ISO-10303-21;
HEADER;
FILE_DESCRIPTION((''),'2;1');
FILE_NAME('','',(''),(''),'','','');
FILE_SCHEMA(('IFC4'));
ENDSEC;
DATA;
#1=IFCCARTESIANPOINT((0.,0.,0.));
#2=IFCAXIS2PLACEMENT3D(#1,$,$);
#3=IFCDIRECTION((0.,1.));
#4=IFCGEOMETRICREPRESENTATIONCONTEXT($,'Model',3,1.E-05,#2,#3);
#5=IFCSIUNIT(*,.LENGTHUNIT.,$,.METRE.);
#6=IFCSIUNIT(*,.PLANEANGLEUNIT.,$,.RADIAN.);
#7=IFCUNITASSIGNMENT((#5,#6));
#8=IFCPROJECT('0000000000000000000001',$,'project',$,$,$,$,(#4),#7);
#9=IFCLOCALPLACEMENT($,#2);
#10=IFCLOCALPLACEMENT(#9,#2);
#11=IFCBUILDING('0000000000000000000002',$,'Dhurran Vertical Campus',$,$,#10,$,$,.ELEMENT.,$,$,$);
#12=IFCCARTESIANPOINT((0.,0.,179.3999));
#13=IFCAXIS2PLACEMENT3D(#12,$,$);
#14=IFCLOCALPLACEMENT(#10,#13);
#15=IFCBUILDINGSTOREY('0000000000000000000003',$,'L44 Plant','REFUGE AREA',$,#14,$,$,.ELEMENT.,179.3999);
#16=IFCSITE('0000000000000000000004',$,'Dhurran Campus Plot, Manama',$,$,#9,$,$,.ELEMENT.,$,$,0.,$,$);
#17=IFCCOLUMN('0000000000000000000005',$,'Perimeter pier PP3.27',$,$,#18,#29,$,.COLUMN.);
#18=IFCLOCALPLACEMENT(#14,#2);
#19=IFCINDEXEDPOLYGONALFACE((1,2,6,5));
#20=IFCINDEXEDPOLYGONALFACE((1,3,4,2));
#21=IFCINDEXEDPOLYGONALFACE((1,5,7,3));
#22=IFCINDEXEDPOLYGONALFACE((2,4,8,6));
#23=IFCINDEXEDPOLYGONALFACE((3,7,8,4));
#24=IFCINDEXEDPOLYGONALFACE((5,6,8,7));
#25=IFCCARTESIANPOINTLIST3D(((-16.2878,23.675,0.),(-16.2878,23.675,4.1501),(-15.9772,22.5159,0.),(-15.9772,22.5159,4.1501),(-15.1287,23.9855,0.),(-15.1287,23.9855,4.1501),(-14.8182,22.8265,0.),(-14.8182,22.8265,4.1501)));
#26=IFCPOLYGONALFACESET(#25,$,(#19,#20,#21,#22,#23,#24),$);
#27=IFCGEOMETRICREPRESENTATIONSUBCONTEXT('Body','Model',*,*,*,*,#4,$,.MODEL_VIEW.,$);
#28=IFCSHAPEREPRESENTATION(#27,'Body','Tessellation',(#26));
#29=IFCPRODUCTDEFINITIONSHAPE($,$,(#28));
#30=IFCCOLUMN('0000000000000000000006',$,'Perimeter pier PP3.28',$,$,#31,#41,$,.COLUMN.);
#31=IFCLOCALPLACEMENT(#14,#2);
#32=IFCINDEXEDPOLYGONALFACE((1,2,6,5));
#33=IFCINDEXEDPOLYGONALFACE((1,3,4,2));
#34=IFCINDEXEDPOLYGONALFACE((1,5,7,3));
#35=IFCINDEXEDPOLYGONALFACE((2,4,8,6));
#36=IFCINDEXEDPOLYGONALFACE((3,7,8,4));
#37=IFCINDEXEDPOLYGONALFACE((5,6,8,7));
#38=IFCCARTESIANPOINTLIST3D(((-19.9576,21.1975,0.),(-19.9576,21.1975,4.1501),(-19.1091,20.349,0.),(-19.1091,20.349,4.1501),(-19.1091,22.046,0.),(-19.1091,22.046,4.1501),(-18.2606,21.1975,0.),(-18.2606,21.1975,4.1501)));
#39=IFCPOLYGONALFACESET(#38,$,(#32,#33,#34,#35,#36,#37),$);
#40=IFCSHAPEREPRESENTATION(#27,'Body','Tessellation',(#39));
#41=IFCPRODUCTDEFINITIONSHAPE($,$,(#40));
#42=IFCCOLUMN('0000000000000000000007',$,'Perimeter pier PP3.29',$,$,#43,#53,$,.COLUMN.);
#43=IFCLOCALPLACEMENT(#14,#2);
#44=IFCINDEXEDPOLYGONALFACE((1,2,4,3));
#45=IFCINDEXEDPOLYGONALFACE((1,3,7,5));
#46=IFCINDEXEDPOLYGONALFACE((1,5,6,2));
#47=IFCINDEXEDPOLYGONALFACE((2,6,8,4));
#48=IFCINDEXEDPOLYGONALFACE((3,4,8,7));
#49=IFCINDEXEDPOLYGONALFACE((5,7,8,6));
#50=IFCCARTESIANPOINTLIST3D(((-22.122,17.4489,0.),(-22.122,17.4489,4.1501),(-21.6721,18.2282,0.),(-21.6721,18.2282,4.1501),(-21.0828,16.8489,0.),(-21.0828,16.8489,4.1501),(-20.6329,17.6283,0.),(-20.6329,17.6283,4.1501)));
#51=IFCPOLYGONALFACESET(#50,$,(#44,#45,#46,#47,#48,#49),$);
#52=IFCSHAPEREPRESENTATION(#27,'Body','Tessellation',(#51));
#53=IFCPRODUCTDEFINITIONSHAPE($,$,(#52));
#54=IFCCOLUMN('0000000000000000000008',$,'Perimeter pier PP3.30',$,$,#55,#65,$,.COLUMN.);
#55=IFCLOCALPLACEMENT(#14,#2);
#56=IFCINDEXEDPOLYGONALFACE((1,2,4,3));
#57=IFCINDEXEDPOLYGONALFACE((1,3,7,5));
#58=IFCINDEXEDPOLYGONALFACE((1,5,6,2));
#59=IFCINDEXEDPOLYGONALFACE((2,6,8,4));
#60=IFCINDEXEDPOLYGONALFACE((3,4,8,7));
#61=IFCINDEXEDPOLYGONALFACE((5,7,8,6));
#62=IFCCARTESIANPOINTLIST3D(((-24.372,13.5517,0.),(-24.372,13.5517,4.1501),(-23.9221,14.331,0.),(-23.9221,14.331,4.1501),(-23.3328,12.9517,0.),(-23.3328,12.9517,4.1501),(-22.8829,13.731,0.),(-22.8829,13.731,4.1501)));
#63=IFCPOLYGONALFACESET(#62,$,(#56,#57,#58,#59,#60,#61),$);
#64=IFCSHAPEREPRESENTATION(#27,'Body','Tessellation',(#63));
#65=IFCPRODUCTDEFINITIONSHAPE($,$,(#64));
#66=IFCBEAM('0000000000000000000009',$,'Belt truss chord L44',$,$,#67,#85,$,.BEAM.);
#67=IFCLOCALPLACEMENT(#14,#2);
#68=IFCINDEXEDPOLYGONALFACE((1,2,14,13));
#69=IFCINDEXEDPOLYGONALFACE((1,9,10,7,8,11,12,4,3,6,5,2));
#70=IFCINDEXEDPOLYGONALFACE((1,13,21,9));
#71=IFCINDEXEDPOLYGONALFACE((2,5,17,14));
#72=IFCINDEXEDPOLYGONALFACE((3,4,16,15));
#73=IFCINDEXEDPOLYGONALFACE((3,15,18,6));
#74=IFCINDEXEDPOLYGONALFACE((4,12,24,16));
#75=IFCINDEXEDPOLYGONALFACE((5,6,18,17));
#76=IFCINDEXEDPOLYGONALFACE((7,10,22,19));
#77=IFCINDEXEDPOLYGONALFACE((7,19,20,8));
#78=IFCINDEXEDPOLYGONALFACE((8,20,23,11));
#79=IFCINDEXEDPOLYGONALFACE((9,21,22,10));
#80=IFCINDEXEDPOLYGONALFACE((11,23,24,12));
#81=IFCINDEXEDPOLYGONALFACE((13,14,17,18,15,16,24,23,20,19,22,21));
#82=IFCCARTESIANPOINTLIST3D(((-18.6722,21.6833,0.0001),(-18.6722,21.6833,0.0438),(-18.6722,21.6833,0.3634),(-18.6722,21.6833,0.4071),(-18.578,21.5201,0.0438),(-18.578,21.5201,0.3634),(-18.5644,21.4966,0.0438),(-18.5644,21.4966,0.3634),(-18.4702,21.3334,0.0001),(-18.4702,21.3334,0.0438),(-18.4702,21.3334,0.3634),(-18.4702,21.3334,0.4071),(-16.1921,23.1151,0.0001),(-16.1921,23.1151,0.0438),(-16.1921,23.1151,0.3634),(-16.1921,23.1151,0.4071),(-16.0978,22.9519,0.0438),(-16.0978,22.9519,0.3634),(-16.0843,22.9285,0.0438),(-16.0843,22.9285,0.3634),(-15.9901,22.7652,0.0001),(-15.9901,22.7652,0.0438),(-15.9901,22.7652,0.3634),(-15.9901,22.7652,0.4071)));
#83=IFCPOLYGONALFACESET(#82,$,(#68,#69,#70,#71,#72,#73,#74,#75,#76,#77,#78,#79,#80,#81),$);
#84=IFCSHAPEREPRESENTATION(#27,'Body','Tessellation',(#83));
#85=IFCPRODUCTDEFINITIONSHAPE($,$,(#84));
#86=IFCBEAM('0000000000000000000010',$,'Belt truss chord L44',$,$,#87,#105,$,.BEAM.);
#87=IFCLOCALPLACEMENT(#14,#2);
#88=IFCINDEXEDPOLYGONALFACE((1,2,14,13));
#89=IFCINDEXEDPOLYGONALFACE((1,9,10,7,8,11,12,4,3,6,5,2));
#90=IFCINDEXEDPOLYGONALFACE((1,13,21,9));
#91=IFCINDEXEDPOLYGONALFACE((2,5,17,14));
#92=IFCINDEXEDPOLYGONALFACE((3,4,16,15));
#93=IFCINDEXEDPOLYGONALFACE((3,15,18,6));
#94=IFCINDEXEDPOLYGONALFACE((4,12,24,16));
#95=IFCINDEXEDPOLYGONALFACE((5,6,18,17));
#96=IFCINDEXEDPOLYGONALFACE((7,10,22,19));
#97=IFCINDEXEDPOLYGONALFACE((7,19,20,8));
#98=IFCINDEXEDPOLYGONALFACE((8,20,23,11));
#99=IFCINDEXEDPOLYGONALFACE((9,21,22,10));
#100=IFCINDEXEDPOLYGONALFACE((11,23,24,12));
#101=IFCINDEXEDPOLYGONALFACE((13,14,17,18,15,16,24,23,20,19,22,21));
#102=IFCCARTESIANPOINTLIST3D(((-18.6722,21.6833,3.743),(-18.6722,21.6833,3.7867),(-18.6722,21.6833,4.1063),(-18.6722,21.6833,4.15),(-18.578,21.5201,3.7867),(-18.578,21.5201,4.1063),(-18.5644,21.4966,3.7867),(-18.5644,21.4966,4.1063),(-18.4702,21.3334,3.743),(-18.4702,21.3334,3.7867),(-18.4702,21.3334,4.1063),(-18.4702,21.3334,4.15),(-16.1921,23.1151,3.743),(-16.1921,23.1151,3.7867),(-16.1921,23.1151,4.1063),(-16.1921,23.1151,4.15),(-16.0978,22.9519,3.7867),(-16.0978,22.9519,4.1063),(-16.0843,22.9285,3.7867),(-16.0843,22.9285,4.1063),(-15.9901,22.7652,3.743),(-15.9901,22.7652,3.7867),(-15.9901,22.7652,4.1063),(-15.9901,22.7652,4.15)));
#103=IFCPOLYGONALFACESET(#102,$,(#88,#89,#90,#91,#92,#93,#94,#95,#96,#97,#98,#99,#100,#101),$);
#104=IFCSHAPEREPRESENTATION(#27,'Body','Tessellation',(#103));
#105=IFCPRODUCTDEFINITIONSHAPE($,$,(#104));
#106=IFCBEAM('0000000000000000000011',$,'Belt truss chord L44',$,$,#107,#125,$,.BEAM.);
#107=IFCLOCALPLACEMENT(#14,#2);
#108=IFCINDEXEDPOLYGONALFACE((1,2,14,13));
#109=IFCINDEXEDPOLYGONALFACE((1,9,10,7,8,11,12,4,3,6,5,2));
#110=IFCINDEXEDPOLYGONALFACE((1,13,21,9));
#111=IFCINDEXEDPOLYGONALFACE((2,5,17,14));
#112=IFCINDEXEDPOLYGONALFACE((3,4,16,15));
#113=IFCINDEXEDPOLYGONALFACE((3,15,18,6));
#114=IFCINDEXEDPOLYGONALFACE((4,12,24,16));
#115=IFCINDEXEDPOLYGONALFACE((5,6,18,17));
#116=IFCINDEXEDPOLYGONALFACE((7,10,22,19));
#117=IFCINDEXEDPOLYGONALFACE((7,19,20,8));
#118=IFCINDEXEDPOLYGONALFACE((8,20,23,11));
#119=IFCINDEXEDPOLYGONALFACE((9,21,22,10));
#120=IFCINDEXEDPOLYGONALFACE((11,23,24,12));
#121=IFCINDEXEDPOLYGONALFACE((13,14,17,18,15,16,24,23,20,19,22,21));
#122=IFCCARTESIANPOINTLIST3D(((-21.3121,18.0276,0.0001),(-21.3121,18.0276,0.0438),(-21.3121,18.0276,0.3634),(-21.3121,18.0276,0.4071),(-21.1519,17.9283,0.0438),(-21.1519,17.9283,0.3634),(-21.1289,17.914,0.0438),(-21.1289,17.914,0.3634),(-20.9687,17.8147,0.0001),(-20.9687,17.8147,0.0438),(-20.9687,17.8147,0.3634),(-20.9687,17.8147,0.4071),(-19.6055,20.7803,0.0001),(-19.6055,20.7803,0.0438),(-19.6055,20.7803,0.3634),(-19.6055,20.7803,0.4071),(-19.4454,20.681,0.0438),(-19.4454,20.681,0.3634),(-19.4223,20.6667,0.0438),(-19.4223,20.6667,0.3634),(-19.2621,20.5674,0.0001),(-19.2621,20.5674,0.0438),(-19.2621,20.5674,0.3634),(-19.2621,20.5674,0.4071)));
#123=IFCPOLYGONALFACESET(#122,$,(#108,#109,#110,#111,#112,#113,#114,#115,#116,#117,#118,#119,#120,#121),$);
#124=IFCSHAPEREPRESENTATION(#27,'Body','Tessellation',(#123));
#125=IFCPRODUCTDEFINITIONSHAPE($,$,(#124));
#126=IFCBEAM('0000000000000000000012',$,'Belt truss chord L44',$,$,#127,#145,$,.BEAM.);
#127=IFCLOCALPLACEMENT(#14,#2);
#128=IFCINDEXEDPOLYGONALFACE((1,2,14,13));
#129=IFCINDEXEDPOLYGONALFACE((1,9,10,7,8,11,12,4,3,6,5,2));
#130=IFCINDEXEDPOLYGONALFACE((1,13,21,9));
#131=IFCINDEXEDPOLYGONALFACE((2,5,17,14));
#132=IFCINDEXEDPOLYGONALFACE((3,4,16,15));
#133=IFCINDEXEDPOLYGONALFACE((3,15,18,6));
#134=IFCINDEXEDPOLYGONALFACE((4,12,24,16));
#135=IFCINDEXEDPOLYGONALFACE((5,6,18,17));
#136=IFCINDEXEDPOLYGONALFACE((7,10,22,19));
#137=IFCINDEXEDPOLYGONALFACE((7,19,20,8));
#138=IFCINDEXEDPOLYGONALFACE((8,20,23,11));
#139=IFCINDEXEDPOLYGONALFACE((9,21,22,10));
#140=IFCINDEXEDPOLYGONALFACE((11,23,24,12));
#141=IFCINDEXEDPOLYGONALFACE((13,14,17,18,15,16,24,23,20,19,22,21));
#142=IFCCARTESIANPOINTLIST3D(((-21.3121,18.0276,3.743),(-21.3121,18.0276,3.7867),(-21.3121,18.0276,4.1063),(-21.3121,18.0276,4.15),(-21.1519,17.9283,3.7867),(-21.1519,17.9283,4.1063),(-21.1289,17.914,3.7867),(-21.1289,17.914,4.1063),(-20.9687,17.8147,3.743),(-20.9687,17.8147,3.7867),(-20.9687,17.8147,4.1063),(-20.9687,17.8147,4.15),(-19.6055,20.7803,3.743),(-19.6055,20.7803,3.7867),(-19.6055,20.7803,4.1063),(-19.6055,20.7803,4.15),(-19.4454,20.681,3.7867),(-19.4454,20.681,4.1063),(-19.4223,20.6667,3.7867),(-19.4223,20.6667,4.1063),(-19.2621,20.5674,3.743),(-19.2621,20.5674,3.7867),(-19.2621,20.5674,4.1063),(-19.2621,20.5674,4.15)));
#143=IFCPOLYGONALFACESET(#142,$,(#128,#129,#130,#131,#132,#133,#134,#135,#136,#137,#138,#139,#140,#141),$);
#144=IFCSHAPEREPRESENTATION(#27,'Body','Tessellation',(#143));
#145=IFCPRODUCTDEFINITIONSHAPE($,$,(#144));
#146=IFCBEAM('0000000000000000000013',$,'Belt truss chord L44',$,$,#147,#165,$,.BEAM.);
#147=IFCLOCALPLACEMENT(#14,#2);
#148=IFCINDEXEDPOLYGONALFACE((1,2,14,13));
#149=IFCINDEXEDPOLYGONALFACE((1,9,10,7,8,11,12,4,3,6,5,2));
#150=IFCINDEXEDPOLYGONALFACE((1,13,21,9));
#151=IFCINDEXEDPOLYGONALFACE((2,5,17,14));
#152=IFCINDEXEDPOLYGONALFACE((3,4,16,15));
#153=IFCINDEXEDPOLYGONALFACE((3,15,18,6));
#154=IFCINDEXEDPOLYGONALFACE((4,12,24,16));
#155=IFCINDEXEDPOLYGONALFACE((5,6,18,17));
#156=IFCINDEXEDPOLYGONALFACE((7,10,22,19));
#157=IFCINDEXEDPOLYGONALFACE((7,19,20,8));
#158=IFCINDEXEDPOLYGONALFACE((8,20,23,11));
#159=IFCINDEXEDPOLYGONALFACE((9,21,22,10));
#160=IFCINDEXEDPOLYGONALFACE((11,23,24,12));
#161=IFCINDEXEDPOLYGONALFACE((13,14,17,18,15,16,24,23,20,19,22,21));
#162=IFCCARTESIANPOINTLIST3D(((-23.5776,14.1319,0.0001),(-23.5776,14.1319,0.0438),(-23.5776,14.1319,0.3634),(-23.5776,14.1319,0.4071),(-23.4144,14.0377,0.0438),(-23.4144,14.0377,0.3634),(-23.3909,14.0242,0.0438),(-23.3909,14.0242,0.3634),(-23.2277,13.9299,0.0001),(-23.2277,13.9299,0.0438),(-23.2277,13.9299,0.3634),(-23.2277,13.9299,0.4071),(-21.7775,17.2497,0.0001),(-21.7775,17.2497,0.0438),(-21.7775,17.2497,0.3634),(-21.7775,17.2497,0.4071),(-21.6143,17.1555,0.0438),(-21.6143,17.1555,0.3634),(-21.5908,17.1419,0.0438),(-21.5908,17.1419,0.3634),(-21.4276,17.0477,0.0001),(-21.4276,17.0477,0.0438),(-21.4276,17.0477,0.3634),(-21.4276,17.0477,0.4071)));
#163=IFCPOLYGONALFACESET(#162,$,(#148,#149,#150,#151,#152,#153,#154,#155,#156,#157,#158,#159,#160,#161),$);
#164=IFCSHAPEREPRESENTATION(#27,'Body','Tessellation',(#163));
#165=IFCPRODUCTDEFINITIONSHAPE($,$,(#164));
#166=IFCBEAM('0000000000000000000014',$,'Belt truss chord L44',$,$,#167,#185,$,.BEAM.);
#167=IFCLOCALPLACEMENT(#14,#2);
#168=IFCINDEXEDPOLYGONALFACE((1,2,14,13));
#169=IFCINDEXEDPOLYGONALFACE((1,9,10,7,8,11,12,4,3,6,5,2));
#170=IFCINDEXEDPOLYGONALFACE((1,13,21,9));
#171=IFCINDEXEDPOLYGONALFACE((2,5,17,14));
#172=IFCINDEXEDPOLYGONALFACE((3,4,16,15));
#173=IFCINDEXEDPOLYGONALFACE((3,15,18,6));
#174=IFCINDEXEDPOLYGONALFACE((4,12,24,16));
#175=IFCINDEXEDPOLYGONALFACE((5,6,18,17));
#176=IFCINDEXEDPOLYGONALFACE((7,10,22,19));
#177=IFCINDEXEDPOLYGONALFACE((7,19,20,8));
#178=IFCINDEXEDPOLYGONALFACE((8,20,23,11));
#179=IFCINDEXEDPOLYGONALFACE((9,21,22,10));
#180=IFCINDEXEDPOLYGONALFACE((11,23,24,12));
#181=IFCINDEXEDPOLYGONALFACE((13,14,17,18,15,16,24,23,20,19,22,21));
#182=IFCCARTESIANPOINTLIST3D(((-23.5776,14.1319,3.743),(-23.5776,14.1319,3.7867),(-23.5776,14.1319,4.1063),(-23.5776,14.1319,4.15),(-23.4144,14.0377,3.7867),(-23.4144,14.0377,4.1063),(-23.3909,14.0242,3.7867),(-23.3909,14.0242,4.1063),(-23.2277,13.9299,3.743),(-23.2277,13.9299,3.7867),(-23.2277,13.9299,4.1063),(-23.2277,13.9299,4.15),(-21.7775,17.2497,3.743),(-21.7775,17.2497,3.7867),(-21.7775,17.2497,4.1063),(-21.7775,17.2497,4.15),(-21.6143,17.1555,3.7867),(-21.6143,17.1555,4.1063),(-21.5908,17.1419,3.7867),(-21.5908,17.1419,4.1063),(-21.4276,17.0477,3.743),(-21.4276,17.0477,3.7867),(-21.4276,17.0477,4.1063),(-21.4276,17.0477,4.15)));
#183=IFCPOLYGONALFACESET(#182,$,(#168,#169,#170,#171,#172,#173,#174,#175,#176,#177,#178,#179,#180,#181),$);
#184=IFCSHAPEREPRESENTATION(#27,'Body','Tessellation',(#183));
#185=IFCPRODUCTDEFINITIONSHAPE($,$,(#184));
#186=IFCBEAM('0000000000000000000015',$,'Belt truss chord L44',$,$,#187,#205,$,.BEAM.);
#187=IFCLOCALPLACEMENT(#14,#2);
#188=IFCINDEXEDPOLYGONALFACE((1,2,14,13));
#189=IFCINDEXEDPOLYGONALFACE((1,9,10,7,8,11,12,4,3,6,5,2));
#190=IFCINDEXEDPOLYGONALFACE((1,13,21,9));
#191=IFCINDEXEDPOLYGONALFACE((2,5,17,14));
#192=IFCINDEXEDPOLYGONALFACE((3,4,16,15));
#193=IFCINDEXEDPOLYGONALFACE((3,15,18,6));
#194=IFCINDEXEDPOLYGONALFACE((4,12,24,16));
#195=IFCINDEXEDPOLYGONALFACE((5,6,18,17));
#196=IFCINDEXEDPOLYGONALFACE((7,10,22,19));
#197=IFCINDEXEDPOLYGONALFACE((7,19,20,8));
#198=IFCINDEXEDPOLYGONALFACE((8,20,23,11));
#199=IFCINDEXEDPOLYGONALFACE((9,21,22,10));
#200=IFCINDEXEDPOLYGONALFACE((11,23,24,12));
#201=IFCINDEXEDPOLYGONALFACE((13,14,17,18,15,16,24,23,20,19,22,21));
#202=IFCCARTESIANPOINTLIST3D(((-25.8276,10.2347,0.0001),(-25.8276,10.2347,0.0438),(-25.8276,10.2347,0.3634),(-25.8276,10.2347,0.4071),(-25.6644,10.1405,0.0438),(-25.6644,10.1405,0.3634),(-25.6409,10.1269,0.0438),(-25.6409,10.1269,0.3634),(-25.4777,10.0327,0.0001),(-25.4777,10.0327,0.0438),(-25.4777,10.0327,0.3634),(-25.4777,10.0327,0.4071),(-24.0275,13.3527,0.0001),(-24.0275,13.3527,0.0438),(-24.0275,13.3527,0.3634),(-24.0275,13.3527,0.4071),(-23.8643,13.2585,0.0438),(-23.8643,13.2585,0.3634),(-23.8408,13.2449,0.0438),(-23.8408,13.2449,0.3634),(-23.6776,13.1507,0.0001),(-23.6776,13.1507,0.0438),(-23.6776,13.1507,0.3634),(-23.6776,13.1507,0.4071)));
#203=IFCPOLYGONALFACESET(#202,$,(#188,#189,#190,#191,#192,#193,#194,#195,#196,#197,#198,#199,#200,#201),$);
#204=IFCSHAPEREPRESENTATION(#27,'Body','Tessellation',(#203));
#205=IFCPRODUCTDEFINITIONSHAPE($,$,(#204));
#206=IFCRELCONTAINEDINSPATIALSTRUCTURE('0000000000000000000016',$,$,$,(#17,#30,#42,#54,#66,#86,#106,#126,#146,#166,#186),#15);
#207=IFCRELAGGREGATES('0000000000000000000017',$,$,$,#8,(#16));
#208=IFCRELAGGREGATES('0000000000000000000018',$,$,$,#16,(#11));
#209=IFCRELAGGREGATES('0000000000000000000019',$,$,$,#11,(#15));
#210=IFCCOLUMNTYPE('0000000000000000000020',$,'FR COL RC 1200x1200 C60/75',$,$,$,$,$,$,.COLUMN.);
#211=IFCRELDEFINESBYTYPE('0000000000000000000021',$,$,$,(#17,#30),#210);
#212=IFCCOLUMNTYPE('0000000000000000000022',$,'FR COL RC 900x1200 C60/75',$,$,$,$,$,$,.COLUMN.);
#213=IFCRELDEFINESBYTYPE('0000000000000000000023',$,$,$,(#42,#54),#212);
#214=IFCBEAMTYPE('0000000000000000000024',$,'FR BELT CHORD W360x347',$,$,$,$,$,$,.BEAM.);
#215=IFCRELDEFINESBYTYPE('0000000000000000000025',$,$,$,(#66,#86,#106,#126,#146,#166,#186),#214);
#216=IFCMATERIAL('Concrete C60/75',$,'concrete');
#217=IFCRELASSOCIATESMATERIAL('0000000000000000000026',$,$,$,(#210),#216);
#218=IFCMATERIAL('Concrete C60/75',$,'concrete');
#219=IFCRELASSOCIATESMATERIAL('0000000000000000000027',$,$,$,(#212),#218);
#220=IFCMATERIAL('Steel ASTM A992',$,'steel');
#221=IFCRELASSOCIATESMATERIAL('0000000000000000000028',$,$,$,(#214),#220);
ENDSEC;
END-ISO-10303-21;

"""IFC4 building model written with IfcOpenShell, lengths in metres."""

from ifc_helpers import new_model, si_unit, direction, frame, origin, origin_2d, place, context, subcontext, project, spatial, rectangle, i_section, extrude, material, material_profile, profile_set, type_object, element, save


model = new_model("IFC4")

# Units and contexts
model_context = context("Model", 3, precision=1e-05, world=origin(), true_north=direction((0.0, 1.0)))
body_context = subcontext(model_context, "Body", "Model", "MODEL_VIEW")
ifc_project = project(units=[si_unit("LENGTHUNIT", "METRE"), si_unit("PLANEANGLEUNIT", "RADIAN")], contexts=[model_context])

# Site, building, storey
site_placement = place(None, origin())
site = spatial("IfcSite", under=ifc_project, at=site_placement, Name="Dhurran Campus Plot, Manama", CompositionType="ELEMENT", RefElevation=0.0)
building_placement = place(site_placement, origin())
building = spatial("IfcBuilding", under=site, at=building_placement, Name="Dhurran Vertical Campus", CompositionType="ELEMENT")
storey_placement = place(building_placement, frame((0.0, 0.0, 179.3999)))
storey = spatial("IfcBuildingStorey", under=building, at=storey_placement, Name="L44 Plant", Description="REFUGE AREA", CompositionType="ELEMENT", Elevation=179.3999)

# Columns
ifc_material_1 = material(Name="Concrete C60/75", Category="concrete")
ifc_material_profile_1 = material_profile(ifc_material_1, rectangle(XDim=1.2, YDim=1.2, at=origin_2d()), Name="RC 1200x1200")
ifc_profile_set_1 = profile_set([ifc_material_profile_1], Name="Concrete C60/75")
column_type_1 = type_object("IfcColumnType", Name="FR COL RC 1200x1200 C60/75", PredefinedType="COLUMN", material=ifc_profile_set_1)
for number, where, z_axis, x_axis, name in (
    (1, (-15.553, 23.2507, 0.0), (0.0, 0.0, 1.0), (-0.965926, -0.258819, 0.0), "Perimeter pier PP3.27"),
    (2, (-19.1091, 21.1975, 0.0), (0.0, 0.0, 1.0), (-0.707107, -0.707107, 0.0), "Perimeter pier PP3.28"),
):
    element("IfcColumn", number, at=place(storey_placement, frame(where, z_axis=z_axis, x_axis=x_axis)), inside=storey, type_object=column_type_1, Name=name, PredefinedType="COLUMN", context=body_context, shape_type="SweptSolid", body=[
        extrude(rectangle(XDim=1.2, YDim=1.2, at=origin_2d()), origin(), (0.0, 0.0, 1.0), 4.1501),
    ])
ifc_material_2 = material(Name="Concrete C60/75", Category="concrete")
ifc_material_profile_2 = material_profile(ifc_material_2, rectangle(XDim=0.8999, YDim=1.2, at=origin_2d()), Name="RC 900x1200")
ifc_profile_set_2 = profile_set([ifc_material_profile_2], Name="Concrete C60/75")
column_type_2 = type_object("IfcColumnType", Name="FR COL RC 900x1200 C60/75", PredefinedType="COLUMN", material=ifc_profile_set_2)
for number, where, z_axis, x_axis, name in (
    (3, (-21.3774, 17.5386, 0.0), (0.0, 0.0, 1.0), (-0.5, -0.866025, 0.0), "Perimeter pier PP3.29"),
    (4, (-23.6274, 13.6414, 0.0), (0.0, 0.0, 1.0), (-0.5, -0.866025, 0.0), "Perimeter pier PP3.30"),
):
    element("IfcColumn", number, at=place(storey_placement, frame(where, z_axis=z_axis, x_axis=x_axis)), inside=storey, type_object=column_type_2, Name=name, PredefinedType="COLUMN", context=body_context, shape_type="SweptSolid", body=[
        extrude(rectangle(XDim=0.8999, YDim=1.2, at=origin_2d()), origin(), (0.0, 0.0, 1.0), 4.1501),
    ])

# Beams
ifc_material_3 = material(Name="Steel ASTM A992", Category="steel")
ifc_material_profile_3 = material_profile(ifc_material_3, i_section(OverallWidth=0.4041, OverallDepth=0.407, WebThickness=0.0271, FlangeThickness=0.0437, at=origin_2d()), Name="W360x347")
ifc_profile_set_3 = profile_set([ifc_material_profile_3], Name="Steel ASTM A992")
beam_type = type_object("IfcBeamType", Name="FR BELT CHORD W360x347", PredefinedType="BEAM", material=ifc_profile_set_3)
for number, where, z_axis, x_axis, name in (
    (5, (-16.0911, 22.9402, 0.2036), (-0.866037, -0.499981, 0.0), (0.499981, -0.866037, 0.0), "Belt truss chord L44"),
    (6, (-16.0911, 22.9402, 3.9465), (-0.866037, -0.499981, 0.0), (0.499981, -0.866037, 0.0), "Belt truss chord L44"),
):
    element("IfcBeam", number, at=place(storey_placement, frame(where, z_axis=z_axis, x_axis=x_axis)), inside=storey, type_object=beam_type, Name=name, PredefinedType="BEAM", context=body_context, shape_type="SweptSolid", body=[
        extrude(i_section(OverallWidth=0.4041, OverallDepth=0.407, WebThickness=0.0271, FlangeThickness=0.0437, at=origin_2d()), origin(), (0.0, 0.0, 1.0), 2.8638),
    ])
for number, where, z_axis, x_axis, name in (
    (7, (-19.4338, 20.6738, 0.2036), (-0.526912, -0.84992, 0.0), (0.84992, -0.526912, 0.0), "Belt truss chord L44"),
    (8, (-19.4338, 20.6738, 3.9465), (-0.526912, -0.84992, 0.0), (0.84992, -0.526912, 0.0), "Belt truss chord L44"),
):
    element("IfcBeam", number, at=place(storey_placement, frame(where, z_axis=z_axis, x_axis=x_axis)), inside=storey, type_object=beam_type, Name=name, PredefinedType="BEAM", context=body_context, shape_type="SweptSolid", body=[
        extrude(i_section(OverallWidth=0.4041, OverallDepth=0.407, WebThickness=0.0271, FlangeThickness=0.0437, at=origin_2d()), origin(), (0.0, 0.0, 1.0), 3.2388),
    ])
for number, where, z_axis, x_axis, name in (
    (9, (-21.6025, 17.1487, 0.2036), (-0.500012, -0.866018, 0.0), (0.866018, -0.500012, 0.0), "Belt truss chord L44"),
    (10, (-21.6025, 17.1487, 3.9465), (-0.500012, -0.866018, 0.0), (0.866018, -0.500012, 0.0), "Belt truss chord L44"),
):
    element("IfcBeam", number, at=place(storey_placement, frame(where, z_axis=z_axis, x_axis=x_axis)), inside=storey, type_object=beam_type, Name=name, PredefinedType="BEAM", context=body_context, shape_type="SweptSolid", body=[
        extrude(i_section(OverallWidth=0.4041, OverallDepth=0.407, WebThickness=0.0271, FlangeThickness=0.0437, at=origin_2d()), origin(), (0.0, 0.0, 1.0), 3.6001),
    ])
for number, where, z_axis, x_axis, name in (
    (11, (-23.8525, 13.2517, 0.2036), (-0.499983, -0.866035, 0.0), (0.866035, -0.499983, 0.0), "Belt truss chord L44"),
):
    element("IfcBeam", number, at=place(storey_placement, frame(where, z_axis=z_axis, x_axis=x_axis)), inside=storey, type_object=beam_type, Name=name, PredefinedType="BEAM", context=body_context, shape_type="SweptSolid", body=[
        extrude(i_section(OverallWidth=0.4041, OverallDepth=0.407, WebThickness=0.0271, FlangeThickness=0.0437, at=origin_2d()), origin(), (0.0, 0.0, 1.0), 3.6003),
    ])

save(model, "model.ifc")
